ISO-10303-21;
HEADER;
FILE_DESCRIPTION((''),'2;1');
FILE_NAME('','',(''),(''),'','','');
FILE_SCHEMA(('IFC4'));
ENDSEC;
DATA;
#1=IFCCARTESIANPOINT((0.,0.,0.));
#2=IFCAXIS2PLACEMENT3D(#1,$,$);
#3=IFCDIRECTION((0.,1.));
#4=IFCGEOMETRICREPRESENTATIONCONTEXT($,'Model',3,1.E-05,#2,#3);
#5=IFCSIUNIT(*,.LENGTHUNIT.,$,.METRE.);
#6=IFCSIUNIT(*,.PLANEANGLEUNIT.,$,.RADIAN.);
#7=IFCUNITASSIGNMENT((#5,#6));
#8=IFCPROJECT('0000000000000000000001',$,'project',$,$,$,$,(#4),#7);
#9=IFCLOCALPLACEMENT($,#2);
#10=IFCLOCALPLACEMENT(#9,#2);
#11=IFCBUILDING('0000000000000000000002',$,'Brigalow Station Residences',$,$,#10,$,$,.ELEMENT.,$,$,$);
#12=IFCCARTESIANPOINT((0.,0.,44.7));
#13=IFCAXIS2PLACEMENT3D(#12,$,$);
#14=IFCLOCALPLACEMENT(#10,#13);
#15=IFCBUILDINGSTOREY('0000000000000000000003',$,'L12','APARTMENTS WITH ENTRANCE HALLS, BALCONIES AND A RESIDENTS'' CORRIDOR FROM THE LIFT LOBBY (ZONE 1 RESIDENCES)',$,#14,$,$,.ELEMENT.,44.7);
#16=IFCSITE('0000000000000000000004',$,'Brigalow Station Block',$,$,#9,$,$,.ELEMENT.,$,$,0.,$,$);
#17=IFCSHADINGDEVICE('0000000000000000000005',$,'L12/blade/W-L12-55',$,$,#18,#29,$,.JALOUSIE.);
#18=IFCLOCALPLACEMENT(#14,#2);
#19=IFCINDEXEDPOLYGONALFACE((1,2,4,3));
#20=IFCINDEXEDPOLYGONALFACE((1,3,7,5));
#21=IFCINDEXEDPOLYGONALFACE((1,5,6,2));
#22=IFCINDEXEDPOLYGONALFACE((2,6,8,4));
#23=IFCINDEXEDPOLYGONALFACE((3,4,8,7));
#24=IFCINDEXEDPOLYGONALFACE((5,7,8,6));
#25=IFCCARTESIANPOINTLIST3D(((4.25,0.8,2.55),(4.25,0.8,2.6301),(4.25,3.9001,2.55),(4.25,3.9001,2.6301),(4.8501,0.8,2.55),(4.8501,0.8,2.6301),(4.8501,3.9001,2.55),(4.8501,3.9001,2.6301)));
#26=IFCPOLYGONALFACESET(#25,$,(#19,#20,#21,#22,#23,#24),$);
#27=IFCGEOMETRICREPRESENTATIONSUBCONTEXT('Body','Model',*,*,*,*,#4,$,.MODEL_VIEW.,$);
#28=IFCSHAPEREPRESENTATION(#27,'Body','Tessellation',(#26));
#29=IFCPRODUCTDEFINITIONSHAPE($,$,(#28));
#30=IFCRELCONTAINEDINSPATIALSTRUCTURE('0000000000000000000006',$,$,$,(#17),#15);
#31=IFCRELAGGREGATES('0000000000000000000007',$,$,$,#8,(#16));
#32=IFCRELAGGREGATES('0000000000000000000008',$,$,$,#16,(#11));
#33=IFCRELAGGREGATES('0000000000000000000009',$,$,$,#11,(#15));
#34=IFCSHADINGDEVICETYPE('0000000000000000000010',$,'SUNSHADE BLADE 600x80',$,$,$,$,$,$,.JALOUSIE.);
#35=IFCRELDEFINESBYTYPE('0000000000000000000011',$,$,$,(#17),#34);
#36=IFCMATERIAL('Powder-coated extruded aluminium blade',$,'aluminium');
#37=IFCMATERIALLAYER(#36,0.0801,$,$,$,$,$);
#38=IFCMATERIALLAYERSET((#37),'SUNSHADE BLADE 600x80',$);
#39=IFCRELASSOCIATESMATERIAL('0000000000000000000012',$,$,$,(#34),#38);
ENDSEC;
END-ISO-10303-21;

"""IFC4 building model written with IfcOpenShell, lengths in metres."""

from ifc_helpers import new_model, si_unit, direction, frame, origin, origin_2d, place, context, subcontext, project, spatial, rectangle, extrude, material, layer, layer_set, type_object, element, save


model = new_model("IFC4")

# Units and contexts
model_context = context("Model", 3, precision=1e-05, world=origin(), true_north=direction((0.0, 1.0)))
body_context = subcontext(model_context, "Body", "Model", "MODEL_VIEW")
ifc_project = project(units=[si_unit("LENGTHUNIT", "METRE"), si_unit("PLANEANGLEUNIT", "RADIAN")], contexts=[model_context])

# Site, building, storey
site_placement = place(None, origin())
site = spatial("IfcSite", under=ifc_project, at=site_placement, Name="Brigalow Station Block", CompositionType="ELEMENT", RefElevation=0.0)
building_placement = place(site_placement, origin())
building = spatial("IfcBuilding", under=site, at=building_placement, Name="Brigalow Station Residences", CompositionType="ELEMENT")
storey_placement = place(building_placement, frame((0.0, 0.0, 44.7)))
storey = spatial("IfcBuildingStorey", under=building, at=storey_placement, Name="L12", Description="APARTMENTS WITH ENTRANCE HALLS, BALCONIES AND A RESIDENTS' CORRIDOR FROM THE LIFT LOBBY (ZONE 1 RESIDENCES)", CompositionType="ELEMENT", Elevation=44.7)

# Shading device
ifc_material_1 = material(Name="Powder-coated extruded aluminium blade", Category="aluminium")
ifc_layer_1 = layer(ifc_material_1, 0.0801)
ifc_layer_set_1 = layer_set([ifc_layer_1], Name="SUNSHADE BLADE 600x80")
shading_device_type = type_object("IfcShadingDeviceType", Name="SUNSHADE BLADE 600x80", PredefinedType="JALOUSIE", material=ifc_layer_set_1)
shading_device_1_placement = place(storey_placement, frame((4.55, 2.3501, 2.55), z_axis=(0.0, 0.0, 1.0), x_axis=(0.0, -1.0, 0.0)))
element("IfcShadingDevice", 1, at=shading_device_1_placement, inside=storey, type_object=shading_device_type, Name="L12/blade/W-L12-55", PredefinedType="JALOUSIE", context=body_context, shape_type="SweptSolid", body=[
    extrude(rectangle(XDim=3.1001, YDim=0.6001, at=origin_2d()), origin(), (0.0, 0.0, 1.0), 0.0801),
])

save(model, "model.ifc")
